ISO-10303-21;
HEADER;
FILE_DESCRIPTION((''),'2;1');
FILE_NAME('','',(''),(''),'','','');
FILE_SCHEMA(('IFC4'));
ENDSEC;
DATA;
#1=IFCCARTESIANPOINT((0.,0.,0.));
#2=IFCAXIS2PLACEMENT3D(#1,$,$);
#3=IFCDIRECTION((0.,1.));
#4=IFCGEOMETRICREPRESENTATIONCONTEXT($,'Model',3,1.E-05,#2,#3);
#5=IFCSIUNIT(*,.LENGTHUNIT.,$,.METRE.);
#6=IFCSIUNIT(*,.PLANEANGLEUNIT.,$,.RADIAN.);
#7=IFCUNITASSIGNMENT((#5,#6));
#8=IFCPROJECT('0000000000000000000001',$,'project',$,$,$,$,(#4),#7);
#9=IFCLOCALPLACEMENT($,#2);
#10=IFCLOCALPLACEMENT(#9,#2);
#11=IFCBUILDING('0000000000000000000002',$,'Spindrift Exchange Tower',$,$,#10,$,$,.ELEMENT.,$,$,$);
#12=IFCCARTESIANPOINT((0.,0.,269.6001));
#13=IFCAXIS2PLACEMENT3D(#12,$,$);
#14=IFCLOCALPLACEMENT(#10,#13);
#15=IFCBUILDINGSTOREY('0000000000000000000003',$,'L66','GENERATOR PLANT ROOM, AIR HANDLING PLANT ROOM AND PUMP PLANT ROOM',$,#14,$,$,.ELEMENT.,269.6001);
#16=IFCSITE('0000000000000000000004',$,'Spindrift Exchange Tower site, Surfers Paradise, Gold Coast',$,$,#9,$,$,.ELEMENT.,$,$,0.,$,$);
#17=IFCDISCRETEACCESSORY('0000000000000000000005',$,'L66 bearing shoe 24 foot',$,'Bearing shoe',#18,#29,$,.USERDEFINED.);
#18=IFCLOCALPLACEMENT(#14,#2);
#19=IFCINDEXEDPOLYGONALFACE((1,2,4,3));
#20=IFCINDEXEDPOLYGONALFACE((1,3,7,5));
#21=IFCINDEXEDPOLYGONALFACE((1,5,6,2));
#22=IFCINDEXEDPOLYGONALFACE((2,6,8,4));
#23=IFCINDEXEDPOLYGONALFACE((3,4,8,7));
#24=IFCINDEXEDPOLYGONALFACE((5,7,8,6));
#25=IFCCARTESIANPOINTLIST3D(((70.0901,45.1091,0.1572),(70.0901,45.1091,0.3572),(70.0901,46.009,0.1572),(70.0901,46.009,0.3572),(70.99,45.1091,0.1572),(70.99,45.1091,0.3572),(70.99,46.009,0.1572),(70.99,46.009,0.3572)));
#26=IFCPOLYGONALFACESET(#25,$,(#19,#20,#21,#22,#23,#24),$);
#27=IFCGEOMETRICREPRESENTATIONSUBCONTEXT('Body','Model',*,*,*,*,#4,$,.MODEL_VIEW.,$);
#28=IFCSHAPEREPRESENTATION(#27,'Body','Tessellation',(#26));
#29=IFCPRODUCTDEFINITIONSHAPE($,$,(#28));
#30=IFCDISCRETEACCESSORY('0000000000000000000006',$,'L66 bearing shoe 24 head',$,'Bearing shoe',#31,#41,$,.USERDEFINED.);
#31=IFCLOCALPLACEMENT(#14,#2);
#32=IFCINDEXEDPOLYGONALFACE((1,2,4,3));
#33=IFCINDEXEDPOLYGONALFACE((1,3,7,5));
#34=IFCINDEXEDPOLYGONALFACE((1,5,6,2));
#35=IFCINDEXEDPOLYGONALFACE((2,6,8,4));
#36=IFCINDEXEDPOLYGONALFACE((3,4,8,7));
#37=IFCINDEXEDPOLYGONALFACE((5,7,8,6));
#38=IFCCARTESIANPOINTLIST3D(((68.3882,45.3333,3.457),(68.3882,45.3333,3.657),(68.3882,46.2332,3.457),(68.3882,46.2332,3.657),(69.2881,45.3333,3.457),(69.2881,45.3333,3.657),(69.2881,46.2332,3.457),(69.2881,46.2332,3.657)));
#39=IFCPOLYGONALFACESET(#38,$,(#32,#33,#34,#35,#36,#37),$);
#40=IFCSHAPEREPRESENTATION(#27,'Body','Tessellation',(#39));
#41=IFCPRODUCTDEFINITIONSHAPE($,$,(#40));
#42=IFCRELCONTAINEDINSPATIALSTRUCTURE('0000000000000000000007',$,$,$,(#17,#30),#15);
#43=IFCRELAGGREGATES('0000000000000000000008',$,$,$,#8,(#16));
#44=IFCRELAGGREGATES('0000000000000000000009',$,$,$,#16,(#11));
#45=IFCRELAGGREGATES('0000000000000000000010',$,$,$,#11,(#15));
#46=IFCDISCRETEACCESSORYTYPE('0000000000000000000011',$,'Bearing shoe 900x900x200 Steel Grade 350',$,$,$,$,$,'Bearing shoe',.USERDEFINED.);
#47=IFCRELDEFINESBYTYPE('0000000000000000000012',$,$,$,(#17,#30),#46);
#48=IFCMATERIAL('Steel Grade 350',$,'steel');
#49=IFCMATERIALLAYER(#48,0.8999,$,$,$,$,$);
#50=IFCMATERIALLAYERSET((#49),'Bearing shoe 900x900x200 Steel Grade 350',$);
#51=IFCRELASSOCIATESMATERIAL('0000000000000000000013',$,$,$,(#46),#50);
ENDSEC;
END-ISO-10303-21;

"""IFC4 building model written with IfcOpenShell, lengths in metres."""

from ifc_helpers import new_model, si_unit, direction, frame, origin, origin_2d, place, context, subcontext, project, spatial, rectangle, extrude, source, transform, mapped, material, layer, layer_set, type_object, element, save


model = new_model("IFC4")

# Units and contexts
model_context = context("Model", 3, precision=1e-05, world=origin(), true_north=direction((0.0, 1.0)))
body_context = subcontext(model_context, "Body", "Model", "MODEL_VIEW")
ifc_project = project(units=[si_unit("LENGTHUNIT", "METRE"), si_unit("PLANEANGLEUNIT", "RADIAN")], contexts=[model_context])

# Site, building, storey
site_placement = place(None, origin())
site = spatial("IfcSite", under=ifc_project, at=site_placement, Name="Spindrift Exchange Tower site, Surfers Paradise, Gold Coast", CompositionType="ELEMENT", RefElevation=0.0)
building_placement = place(site_placement, origin())
building = spatial("IfcBuilding", under=site, at=building_placement, Name="Spindrift Exchange Tower", CompositionType="ELEMENT")
storey_placement = place(building_placement, frame((0.0, 0.0, 269.6001)))
storey = spatial("IfcBuildingStorey", under=building, at=storey_placement, Name="L66", Description="GENERATOR PLANT ROOM, AIR HANDLING PLANT ROOM AND PUMP PLANT ROOM", CompositionType="ELEMENT", Elevation=269.6001)

# Discrete accessories
ifc_material_1 = material(Name="Steel Grade 350", Category="steel")
ifc_layer_1 = layer(ifc_material_1, 0.8999)
ifc_layer_set_1 = layer_set([ifc_layer_1], Name="Bearing shoe 900x900x200 Steel Grade 350")
discrete_accessory_type = type_object("IfcDiscreteAccessoryType", Name="Bearing shoe 900x900x200 Steel Grade 350", ElementType="Bearing shoe", PredefinedType="USERDEFINED", material=ifc_layer_set_1)
shared_shape_1 = source(origin(), body_context, "Body", "SweptSolid", [
    extrude(rectangle(XDim=0.8999, YDim=0.8999, at=origin_2d()), origin(), (0.0, 0.0, 1.0), 0.2),
])
for number, where, z_axis, x_axis, name in (
    (1, (70.54, 45.5591, 0.1572), (0.0, 0.0, 1.0), (1.0, 0.0, 0.0), "L66 bearing shoe 24 foot"),
    (2, (68.8381, 45.7832, 3.457), (0.0, 0.0, 1.0), (1.0, 0.0, 0.0), "L66 bearing shoe 24 head"),
):
    element("IfcDiscreteAccessory", number, at=place(storey_placement, frame(where, z_axis=z_axis, x_axis=x_axis)), inside=storey, type_object=discrete_accessory_type, Name=name, ObjectType="Bearing shoe", PredefinedType="USERDEFINED", context=body_context, shape_type="MappedRepresentation", body=[
        mapped(shared_shape_1, transform((0.0, 0.0, 0.0), scale=1.0)),
    ])

save(model, "model.ifc")
